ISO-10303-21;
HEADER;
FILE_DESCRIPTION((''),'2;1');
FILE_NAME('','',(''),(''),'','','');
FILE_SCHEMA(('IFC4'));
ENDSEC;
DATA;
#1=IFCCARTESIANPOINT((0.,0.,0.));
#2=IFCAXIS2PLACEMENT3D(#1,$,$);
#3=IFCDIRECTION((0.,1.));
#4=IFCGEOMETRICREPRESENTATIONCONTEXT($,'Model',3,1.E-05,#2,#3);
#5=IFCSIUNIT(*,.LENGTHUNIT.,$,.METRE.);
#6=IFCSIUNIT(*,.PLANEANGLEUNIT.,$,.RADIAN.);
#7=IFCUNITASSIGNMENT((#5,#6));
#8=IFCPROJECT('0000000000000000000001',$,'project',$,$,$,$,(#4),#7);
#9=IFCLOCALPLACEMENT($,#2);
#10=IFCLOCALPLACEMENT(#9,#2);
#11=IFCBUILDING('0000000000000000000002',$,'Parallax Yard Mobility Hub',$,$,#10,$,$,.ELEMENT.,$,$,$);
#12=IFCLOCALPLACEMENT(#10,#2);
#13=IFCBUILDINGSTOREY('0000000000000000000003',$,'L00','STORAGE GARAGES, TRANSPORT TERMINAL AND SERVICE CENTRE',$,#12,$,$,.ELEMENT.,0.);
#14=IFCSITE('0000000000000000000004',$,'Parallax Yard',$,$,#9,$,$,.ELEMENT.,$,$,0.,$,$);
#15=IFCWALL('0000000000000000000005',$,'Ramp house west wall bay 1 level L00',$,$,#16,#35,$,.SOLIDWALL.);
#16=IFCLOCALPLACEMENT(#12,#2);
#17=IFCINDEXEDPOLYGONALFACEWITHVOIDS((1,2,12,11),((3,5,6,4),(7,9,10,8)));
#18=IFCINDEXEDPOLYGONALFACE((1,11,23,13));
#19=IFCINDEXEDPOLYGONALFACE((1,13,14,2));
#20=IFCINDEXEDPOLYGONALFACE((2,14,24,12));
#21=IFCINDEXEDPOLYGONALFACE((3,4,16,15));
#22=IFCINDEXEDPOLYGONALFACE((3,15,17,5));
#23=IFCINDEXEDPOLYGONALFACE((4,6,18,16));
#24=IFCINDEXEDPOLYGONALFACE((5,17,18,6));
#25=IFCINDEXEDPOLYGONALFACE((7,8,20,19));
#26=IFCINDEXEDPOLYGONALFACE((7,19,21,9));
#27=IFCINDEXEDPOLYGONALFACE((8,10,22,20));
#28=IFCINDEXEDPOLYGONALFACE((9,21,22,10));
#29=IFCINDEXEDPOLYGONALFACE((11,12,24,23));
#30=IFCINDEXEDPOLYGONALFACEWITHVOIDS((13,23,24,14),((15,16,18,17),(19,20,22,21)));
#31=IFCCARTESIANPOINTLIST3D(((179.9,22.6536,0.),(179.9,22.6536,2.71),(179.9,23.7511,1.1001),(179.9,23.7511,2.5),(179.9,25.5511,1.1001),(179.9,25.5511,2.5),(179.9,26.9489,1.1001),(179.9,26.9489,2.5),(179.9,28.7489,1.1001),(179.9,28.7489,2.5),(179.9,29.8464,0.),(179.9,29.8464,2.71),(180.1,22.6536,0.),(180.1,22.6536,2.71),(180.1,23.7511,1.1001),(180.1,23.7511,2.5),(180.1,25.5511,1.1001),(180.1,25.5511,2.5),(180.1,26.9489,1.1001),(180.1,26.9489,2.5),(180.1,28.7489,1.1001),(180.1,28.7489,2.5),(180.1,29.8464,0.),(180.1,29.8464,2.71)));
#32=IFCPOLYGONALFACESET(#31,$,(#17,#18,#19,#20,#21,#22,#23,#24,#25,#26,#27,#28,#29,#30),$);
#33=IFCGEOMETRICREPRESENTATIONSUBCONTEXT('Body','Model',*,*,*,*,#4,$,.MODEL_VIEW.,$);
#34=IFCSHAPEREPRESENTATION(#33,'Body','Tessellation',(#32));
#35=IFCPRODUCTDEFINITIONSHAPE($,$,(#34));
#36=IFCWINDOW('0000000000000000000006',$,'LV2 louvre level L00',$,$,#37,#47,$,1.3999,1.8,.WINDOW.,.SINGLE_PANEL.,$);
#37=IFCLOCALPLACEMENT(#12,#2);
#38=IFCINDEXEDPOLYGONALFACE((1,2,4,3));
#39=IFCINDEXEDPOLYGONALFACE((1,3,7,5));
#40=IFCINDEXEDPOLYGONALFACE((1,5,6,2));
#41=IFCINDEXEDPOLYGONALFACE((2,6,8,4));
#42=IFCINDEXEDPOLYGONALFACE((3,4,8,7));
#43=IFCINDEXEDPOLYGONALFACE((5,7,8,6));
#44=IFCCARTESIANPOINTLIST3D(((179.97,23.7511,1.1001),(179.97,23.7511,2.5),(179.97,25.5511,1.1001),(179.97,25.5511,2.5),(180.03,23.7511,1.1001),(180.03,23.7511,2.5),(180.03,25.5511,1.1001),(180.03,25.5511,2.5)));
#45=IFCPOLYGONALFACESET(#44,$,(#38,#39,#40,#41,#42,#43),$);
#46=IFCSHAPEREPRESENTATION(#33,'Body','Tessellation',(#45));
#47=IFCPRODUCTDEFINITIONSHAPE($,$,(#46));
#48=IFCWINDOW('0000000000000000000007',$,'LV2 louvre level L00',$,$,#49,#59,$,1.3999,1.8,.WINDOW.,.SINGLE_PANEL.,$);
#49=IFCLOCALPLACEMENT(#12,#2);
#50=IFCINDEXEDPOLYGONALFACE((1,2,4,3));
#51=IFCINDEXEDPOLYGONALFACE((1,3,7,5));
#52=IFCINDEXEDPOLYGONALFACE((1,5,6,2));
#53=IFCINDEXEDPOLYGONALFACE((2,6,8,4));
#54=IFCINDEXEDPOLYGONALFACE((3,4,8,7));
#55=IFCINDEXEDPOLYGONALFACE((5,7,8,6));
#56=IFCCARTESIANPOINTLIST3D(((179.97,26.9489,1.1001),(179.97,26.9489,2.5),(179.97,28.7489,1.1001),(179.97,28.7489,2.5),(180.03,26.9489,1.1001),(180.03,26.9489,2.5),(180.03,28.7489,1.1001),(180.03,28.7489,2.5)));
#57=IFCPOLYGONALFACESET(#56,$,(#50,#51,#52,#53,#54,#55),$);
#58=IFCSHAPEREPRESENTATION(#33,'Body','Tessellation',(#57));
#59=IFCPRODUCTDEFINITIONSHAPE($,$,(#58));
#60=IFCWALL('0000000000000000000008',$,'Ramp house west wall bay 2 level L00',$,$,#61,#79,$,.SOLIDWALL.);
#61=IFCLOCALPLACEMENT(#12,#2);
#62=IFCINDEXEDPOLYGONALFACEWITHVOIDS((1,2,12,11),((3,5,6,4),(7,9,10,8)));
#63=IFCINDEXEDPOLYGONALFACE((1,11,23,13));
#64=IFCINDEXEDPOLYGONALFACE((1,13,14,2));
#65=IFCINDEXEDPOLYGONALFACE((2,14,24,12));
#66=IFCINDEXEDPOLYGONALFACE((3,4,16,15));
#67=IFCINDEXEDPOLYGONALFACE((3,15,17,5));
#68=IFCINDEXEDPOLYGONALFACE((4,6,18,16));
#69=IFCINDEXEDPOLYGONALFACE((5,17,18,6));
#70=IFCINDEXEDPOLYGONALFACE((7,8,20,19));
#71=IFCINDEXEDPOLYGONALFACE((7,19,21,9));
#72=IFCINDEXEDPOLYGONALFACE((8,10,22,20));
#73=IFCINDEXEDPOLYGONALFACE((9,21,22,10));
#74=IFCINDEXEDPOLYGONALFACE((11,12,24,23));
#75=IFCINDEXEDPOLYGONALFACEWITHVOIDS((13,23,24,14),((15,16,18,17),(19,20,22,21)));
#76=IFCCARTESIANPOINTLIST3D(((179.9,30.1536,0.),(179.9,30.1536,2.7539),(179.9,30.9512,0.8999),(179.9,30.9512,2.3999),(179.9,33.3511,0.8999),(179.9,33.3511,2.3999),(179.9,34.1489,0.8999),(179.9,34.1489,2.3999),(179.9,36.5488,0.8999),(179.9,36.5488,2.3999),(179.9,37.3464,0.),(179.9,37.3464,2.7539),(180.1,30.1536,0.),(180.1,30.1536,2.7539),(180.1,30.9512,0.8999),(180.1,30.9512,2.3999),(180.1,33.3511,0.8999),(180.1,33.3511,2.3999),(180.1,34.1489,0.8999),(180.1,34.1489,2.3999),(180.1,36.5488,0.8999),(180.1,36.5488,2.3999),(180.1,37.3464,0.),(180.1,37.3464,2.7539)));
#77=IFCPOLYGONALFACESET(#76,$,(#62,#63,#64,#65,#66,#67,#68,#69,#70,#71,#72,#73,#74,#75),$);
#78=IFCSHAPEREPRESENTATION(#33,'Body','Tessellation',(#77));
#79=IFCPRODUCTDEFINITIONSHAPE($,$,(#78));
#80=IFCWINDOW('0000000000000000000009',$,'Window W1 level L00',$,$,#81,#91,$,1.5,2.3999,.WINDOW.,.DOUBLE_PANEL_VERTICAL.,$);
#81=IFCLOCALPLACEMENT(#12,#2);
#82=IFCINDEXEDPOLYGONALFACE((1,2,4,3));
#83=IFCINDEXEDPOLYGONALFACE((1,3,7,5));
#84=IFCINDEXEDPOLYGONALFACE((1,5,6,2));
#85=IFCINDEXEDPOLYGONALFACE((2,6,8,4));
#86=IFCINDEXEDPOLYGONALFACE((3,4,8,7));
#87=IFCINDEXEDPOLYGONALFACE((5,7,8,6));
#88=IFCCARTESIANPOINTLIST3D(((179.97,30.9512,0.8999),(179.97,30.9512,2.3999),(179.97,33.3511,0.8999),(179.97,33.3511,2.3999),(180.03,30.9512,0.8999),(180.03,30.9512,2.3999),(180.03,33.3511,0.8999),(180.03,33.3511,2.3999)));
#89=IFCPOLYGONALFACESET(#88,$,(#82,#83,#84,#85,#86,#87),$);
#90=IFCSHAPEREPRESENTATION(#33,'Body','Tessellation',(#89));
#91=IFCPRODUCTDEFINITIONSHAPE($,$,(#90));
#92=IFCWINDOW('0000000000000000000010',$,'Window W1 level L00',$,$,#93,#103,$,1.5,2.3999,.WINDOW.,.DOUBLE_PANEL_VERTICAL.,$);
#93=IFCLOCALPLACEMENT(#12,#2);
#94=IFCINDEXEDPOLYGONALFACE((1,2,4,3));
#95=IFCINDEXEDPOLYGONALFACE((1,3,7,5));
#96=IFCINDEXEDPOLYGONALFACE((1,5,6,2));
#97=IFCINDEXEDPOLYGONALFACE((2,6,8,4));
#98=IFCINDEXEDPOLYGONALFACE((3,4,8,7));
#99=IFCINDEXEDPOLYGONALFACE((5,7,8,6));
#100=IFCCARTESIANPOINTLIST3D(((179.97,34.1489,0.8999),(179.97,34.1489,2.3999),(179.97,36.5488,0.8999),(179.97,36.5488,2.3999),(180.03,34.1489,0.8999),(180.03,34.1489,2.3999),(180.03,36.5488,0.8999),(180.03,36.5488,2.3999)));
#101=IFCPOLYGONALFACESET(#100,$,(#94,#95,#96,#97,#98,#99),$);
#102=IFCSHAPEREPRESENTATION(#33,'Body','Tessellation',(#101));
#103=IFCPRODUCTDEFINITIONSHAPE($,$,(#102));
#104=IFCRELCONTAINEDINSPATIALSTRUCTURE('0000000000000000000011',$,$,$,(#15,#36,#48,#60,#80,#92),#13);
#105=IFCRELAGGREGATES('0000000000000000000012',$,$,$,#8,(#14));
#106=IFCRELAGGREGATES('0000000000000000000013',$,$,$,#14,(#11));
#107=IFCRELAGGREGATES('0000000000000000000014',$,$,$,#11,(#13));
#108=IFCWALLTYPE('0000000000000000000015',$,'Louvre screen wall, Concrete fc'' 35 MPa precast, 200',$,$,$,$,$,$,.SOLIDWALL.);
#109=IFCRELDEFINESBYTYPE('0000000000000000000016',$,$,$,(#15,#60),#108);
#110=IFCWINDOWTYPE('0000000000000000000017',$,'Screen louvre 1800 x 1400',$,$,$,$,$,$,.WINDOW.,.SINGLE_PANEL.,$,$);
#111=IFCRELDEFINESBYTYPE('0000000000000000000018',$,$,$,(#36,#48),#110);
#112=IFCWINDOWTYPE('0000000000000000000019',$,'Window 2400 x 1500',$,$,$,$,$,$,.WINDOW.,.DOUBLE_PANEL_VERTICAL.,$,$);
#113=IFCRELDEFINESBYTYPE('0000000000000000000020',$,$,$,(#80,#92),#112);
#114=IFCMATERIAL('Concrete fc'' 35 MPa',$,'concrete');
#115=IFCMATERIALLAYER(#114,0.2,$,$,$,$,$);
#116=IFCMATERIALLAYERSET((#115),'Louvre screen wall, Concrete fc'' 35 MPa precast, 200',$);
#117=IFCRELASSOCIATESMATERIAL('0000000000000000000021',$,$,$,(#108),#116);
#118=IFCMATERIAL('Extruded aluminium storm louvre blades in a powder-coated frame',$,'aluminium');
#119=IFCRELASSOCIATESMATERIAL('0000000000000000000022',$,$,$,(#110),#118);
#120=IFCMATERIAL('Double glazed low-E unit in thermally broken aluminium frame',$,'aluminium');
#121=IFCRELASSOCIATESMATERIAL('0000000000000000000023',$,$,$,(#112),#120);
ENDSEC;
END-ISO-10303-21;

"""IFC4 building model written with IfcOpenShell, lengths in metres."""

from ifc_helpers import new_model, si_unit, direction, frame, frame_2d, origin, place, context, subcontext, project, spatial, rectangle, extrude, material, layer, layer_set, type_object, element, fill, save


model = new_model("IFC4")

# Units and contexts
model_context = context("Model", 3, precision=1e-05, world=origin(), true_north=direction((0.0, 1.0)))
body_context = subcontext(model_context, "Body", "Model", "MODEL_VIEW")
ifc_project = project(units=[si_unit("LENGTHUNIT", "METRE"), si_unit("PLANEANGLEUNIT", "RADIAN")], contexts=[model_context])

# Site, building, storey
site_placement = place(None, origin())
site = spatial("IfcSite", under=ifc_project, at=site_placement, Name="Parallax Yard", CompositionType="ELEMENT", RefElevation=0.0)
building_placement = place(site_placement, origin())
building = spatial("IfcBuilding", under=site, at=building_placement, Name="Parallax Yard Mobility Hub", CompositionType="ELEMENT")
storey_placement = place(building_placement, origin())
storey = spatial("IfcBuildingStorey", under=building, at=storey_placement, Name="L00", Description="STORAGE GARAGES, TRANSPORT TERMINAL AND SERVICE CENTRE", CompositionType="ELEMENT", Elevation=0.0)

# Shared definitions
ifc_material_1 = material(Name="Concrete fc' 35 MPa", Category="concrete")

# Walls, openings, windows
ifc_layer_1 = layer(ifc_material_1, 0.2)
ifc_layer_set_1 = layer_set([ifc_layer_1], Name="Louvre screen wall, Concrete fc' 35 MPa precast, 200")
wall_type_1 = type_object("IfcWallType", Name="Louvre screen wall, Concrete fc' 35 MPa precast, 200", PredefinedType="SOLIDWALL", material=ifc_layer_set_1)
wall_1_placement = place(storey_placement, frame((180.0, 22.6536, 0.0), z_axis=(0.0, 0.0, 1.0), x_axis=(0.0, 1.0, 0.0)))
wall_1 = element("IfcWall", 1, at=wall_1_placement, inside=storey, type_object=wall_type_1, Name="Ramp house west wall bay 1 level L00", PredefinedType="SOLIDWALL", context=body_context, shape_type="SweptSolid", body=[
    extrude(rectangle(XDim=7.1929, YDim=0.2, at=frame_2d((3.5964, 0.0))), origin(), (0.0, 0.0, 1.0), 2.71),
])
opening_1_placement = place(wall_1_placement, frame((1.0977, 0.0, 1.1001)))
opening_1 = element("IfcOpeningElement", 2, at=opening_1_placement, cuts=wall_1, PredefinedType="OPENING", context=body_context, shape_type="SweptSolid", body=[
    extrude(rectangle(XDim=1.8, YDim=1.3999, at=frame_2d((0.8999, 0.7))), frame((0.0, 0.1099, 0.0), z_axis=(0.0, -1.0, 0.0), x_axis=(1.0, 0.0, 0.0)), (0.0, 0.0, 1.0), 0.22),
])
opening_2_placement = place(wall_1_placement, frame((4.2954, 0.0, 1.1001)))
opening_2 = element("IfcOpeningElement", 3, at=opening_2_placement, cuts=wall_1, PredefinedType="OPENING", context=body_context, shape_type="SweptSolid", body=[
    extrude(rectangle(XDim=1.8, YDim=1.3999, at=frame_2d((0.8999, 0.7))), frame((0.0, 0.1099, 0.0), z_axis=(0.0, -1.0, 0.0), x_axis=(1.0, 0.0, 0.0)), (0.0, 0.0, 1.0), 0.22),
])
ifc_material_2 = material(Name="Extruded aluminium storm louvre blades in a powder-coated frame", Category="aluminium")
window_type_1 = type_object("IfcWindowType", Name="Screen louvre 1800 x 1400", PartitioningType="SINGLE_PANEL", PredefinedType="WINDOW", material=ifc_material_2)
window_1_placement = place(opening_1_placement, origin())
window_1 = element("IfcWindow", 4, at=window_1_placement, inside=storey, type_object=window_type_1, Name="LV2 louvre level L00", OverallHeight=1.3999, OverallWidth=1.8, PartitioningType="SINGLE_PANEL", PredefinedType="WINDOW", context=body_context, shape_type="SweptSolid", body=[
    extrude(rectangle(XDim=1.8, YDim=1.3999, at=frame_2d((0.8999, 0.7))), frame((0.0, 0.03, 0.0), z_axis=(0.0, -1.0, 0.0), x_axis=(1.0, 0.0, 0.0)), (0.0, 0.0, 1.0), 0.0601),
])
fill(opening_1, window_1)
window_2_placement = place(opening_2_placement, origin())
window_2 = element("IfcWindow", 5, at=window_2_placement, inside=storey, type_object=window_type_1, Name="LV2 louvre level L00", OverallHeight=1.3999, OverallWidth=1.8, PartitioningType="SINGLE_PANEL", PredefinedType="WINDOW", context=body_context, shape_type="SweptSolid", body=[
    extrude(rectangle(XDim=1.8, YDim=1.3999, at=frame_2d((0.8999, 0.7))), frame((0.0, 0.03, 0.0), z_axis=(0.0, -1.0, 0.0), x_axis=(1.0, 0.0, 0.0)), (0.0, 0.0, 1.0), 0.0601),
])
fill(opening_2, window_2)
wall_2_placement = place(storey_placement, frame((180.0, 30.1536, 0.0), z_axis=(0.0, 0.0, 1.0), x_axis=(0.0, 1.0, 0.0)))
wall_2 = element("IfcWall", 6, at=wall_2_placement, inside=storey, type_object=wall_type_1, Name="Ramp house west wall bay 2 level L00", PredefinedType="SOLIDWALL", context=body_context, shape_type="SweptSolid", body=[
    extrude(rectangle(XDim=7.1929, YDim=0.2, at=frame_2d((3.5964, 0.0))), origin(), (0.0, 0.0, 1.0), 2.7539),
])
opening_3_placement = place(wall_2_placement, frame((0.7976, 0.0, 0.8999)))
opening_3 = element("IfcOpeningElement", 7, at=opening_3_placement, cuts=wall_2, PredefinedType="OPENING", context=body_context, shape_type="SweptSolid", body=[
    extrude(rectangle(XDim=2.3999, YDim=1.5, at=frame_2d((1.2, 0.75))), frame((0.0, 0.1099, 0.0), z_axis=(0.0, -1.0, 0.0), x_axis=(1.0, 0.0, 0.0)), (0.0, 0.0, 1.0), 0.22),
])
opening_4_placement = place(wall_2_placement, frame((3.9954, 0.0, 0.8999)))
opening_4 = element("IfcOpeningElement", 8, at=opening_4_placement, cuts=wall_2, PredefinedType="OPENING", context=body_context, shape_type="SweptSolid", body=[
    extrude(rectangle(XDim=2.3999, YDim=1.5, at=frame_2d((1.2, 0.75))), frame((0.0, 0.1099, 0.0), z_axis=(0.0, -1.0, 0.0), x_axis=(1.0, 0.0, 0.0)), (0.0, 0.0, 1.0), 0.22),
])
ifc_material_3 = material(Name="Double glazed low-E unit in thermally broken aluminium frame", Category="aluminium")
window_type_2 = type_object("IfcWindowType", Name="Window 2400 x 1500", PartitioningType="DOUBLE_PANEL_VERTICAL", PredefinedType="WINDOW", material=ifc_material_3)
window_3_placement = place(opening_3_placement, origin())
window_3 = element("IfcWindow", 9, at=window_3_placement, inside=storey, type_object=window_type_2, Name="Window W1 level L00", OverallHeight=1.5, OverallWidth=2.3999, PartitioningType="DOUBLE_PANEL_VERTICAL", PredefinedType="WINDOW", context=body_context, shape_type="SweptSolid", body=[
    extrude(rectangle(XDim=2.3999, YDim=1.5, at=frame_2d((1.2, 0.75))), frame((0.0, 0.03, 0.0), z_axis=(0.0, -1.0, 0.0), x_axis=(1.0, 0.0, 0.0)), (0.0, 0.0, 1.0), 0.0601),
])
fill(opening_3, window_3)
window_4_placement = place(opening_4_placement, origin())
window_4 = element("IfcWindow", 10, at=window_4_placement, inside=storey, type_object=window_type_2, Name="Window W1 level L00", OverallHeight=1.5, OverallWidth=2.3999, PartitioningType="DOUBLE_PANEL_VERTICAL", PredefinedType="WINDOW", context=body_context, shape_type="SweptSolid", body=[
    extrude(rectangle(XDim=2.3999, YDim=1.5, at=frame_2d((1.2, 0.75))), frame((0.0, 0.03, 0.0), z_axis=(0.0, -1.0, 0.0), x_axis=(1.0, 0.0, 0.0)), (0.0, 0.0, 1.0), 0.0601),
])
fill(opening_4, window_4)

save(model, "model.ifc")
